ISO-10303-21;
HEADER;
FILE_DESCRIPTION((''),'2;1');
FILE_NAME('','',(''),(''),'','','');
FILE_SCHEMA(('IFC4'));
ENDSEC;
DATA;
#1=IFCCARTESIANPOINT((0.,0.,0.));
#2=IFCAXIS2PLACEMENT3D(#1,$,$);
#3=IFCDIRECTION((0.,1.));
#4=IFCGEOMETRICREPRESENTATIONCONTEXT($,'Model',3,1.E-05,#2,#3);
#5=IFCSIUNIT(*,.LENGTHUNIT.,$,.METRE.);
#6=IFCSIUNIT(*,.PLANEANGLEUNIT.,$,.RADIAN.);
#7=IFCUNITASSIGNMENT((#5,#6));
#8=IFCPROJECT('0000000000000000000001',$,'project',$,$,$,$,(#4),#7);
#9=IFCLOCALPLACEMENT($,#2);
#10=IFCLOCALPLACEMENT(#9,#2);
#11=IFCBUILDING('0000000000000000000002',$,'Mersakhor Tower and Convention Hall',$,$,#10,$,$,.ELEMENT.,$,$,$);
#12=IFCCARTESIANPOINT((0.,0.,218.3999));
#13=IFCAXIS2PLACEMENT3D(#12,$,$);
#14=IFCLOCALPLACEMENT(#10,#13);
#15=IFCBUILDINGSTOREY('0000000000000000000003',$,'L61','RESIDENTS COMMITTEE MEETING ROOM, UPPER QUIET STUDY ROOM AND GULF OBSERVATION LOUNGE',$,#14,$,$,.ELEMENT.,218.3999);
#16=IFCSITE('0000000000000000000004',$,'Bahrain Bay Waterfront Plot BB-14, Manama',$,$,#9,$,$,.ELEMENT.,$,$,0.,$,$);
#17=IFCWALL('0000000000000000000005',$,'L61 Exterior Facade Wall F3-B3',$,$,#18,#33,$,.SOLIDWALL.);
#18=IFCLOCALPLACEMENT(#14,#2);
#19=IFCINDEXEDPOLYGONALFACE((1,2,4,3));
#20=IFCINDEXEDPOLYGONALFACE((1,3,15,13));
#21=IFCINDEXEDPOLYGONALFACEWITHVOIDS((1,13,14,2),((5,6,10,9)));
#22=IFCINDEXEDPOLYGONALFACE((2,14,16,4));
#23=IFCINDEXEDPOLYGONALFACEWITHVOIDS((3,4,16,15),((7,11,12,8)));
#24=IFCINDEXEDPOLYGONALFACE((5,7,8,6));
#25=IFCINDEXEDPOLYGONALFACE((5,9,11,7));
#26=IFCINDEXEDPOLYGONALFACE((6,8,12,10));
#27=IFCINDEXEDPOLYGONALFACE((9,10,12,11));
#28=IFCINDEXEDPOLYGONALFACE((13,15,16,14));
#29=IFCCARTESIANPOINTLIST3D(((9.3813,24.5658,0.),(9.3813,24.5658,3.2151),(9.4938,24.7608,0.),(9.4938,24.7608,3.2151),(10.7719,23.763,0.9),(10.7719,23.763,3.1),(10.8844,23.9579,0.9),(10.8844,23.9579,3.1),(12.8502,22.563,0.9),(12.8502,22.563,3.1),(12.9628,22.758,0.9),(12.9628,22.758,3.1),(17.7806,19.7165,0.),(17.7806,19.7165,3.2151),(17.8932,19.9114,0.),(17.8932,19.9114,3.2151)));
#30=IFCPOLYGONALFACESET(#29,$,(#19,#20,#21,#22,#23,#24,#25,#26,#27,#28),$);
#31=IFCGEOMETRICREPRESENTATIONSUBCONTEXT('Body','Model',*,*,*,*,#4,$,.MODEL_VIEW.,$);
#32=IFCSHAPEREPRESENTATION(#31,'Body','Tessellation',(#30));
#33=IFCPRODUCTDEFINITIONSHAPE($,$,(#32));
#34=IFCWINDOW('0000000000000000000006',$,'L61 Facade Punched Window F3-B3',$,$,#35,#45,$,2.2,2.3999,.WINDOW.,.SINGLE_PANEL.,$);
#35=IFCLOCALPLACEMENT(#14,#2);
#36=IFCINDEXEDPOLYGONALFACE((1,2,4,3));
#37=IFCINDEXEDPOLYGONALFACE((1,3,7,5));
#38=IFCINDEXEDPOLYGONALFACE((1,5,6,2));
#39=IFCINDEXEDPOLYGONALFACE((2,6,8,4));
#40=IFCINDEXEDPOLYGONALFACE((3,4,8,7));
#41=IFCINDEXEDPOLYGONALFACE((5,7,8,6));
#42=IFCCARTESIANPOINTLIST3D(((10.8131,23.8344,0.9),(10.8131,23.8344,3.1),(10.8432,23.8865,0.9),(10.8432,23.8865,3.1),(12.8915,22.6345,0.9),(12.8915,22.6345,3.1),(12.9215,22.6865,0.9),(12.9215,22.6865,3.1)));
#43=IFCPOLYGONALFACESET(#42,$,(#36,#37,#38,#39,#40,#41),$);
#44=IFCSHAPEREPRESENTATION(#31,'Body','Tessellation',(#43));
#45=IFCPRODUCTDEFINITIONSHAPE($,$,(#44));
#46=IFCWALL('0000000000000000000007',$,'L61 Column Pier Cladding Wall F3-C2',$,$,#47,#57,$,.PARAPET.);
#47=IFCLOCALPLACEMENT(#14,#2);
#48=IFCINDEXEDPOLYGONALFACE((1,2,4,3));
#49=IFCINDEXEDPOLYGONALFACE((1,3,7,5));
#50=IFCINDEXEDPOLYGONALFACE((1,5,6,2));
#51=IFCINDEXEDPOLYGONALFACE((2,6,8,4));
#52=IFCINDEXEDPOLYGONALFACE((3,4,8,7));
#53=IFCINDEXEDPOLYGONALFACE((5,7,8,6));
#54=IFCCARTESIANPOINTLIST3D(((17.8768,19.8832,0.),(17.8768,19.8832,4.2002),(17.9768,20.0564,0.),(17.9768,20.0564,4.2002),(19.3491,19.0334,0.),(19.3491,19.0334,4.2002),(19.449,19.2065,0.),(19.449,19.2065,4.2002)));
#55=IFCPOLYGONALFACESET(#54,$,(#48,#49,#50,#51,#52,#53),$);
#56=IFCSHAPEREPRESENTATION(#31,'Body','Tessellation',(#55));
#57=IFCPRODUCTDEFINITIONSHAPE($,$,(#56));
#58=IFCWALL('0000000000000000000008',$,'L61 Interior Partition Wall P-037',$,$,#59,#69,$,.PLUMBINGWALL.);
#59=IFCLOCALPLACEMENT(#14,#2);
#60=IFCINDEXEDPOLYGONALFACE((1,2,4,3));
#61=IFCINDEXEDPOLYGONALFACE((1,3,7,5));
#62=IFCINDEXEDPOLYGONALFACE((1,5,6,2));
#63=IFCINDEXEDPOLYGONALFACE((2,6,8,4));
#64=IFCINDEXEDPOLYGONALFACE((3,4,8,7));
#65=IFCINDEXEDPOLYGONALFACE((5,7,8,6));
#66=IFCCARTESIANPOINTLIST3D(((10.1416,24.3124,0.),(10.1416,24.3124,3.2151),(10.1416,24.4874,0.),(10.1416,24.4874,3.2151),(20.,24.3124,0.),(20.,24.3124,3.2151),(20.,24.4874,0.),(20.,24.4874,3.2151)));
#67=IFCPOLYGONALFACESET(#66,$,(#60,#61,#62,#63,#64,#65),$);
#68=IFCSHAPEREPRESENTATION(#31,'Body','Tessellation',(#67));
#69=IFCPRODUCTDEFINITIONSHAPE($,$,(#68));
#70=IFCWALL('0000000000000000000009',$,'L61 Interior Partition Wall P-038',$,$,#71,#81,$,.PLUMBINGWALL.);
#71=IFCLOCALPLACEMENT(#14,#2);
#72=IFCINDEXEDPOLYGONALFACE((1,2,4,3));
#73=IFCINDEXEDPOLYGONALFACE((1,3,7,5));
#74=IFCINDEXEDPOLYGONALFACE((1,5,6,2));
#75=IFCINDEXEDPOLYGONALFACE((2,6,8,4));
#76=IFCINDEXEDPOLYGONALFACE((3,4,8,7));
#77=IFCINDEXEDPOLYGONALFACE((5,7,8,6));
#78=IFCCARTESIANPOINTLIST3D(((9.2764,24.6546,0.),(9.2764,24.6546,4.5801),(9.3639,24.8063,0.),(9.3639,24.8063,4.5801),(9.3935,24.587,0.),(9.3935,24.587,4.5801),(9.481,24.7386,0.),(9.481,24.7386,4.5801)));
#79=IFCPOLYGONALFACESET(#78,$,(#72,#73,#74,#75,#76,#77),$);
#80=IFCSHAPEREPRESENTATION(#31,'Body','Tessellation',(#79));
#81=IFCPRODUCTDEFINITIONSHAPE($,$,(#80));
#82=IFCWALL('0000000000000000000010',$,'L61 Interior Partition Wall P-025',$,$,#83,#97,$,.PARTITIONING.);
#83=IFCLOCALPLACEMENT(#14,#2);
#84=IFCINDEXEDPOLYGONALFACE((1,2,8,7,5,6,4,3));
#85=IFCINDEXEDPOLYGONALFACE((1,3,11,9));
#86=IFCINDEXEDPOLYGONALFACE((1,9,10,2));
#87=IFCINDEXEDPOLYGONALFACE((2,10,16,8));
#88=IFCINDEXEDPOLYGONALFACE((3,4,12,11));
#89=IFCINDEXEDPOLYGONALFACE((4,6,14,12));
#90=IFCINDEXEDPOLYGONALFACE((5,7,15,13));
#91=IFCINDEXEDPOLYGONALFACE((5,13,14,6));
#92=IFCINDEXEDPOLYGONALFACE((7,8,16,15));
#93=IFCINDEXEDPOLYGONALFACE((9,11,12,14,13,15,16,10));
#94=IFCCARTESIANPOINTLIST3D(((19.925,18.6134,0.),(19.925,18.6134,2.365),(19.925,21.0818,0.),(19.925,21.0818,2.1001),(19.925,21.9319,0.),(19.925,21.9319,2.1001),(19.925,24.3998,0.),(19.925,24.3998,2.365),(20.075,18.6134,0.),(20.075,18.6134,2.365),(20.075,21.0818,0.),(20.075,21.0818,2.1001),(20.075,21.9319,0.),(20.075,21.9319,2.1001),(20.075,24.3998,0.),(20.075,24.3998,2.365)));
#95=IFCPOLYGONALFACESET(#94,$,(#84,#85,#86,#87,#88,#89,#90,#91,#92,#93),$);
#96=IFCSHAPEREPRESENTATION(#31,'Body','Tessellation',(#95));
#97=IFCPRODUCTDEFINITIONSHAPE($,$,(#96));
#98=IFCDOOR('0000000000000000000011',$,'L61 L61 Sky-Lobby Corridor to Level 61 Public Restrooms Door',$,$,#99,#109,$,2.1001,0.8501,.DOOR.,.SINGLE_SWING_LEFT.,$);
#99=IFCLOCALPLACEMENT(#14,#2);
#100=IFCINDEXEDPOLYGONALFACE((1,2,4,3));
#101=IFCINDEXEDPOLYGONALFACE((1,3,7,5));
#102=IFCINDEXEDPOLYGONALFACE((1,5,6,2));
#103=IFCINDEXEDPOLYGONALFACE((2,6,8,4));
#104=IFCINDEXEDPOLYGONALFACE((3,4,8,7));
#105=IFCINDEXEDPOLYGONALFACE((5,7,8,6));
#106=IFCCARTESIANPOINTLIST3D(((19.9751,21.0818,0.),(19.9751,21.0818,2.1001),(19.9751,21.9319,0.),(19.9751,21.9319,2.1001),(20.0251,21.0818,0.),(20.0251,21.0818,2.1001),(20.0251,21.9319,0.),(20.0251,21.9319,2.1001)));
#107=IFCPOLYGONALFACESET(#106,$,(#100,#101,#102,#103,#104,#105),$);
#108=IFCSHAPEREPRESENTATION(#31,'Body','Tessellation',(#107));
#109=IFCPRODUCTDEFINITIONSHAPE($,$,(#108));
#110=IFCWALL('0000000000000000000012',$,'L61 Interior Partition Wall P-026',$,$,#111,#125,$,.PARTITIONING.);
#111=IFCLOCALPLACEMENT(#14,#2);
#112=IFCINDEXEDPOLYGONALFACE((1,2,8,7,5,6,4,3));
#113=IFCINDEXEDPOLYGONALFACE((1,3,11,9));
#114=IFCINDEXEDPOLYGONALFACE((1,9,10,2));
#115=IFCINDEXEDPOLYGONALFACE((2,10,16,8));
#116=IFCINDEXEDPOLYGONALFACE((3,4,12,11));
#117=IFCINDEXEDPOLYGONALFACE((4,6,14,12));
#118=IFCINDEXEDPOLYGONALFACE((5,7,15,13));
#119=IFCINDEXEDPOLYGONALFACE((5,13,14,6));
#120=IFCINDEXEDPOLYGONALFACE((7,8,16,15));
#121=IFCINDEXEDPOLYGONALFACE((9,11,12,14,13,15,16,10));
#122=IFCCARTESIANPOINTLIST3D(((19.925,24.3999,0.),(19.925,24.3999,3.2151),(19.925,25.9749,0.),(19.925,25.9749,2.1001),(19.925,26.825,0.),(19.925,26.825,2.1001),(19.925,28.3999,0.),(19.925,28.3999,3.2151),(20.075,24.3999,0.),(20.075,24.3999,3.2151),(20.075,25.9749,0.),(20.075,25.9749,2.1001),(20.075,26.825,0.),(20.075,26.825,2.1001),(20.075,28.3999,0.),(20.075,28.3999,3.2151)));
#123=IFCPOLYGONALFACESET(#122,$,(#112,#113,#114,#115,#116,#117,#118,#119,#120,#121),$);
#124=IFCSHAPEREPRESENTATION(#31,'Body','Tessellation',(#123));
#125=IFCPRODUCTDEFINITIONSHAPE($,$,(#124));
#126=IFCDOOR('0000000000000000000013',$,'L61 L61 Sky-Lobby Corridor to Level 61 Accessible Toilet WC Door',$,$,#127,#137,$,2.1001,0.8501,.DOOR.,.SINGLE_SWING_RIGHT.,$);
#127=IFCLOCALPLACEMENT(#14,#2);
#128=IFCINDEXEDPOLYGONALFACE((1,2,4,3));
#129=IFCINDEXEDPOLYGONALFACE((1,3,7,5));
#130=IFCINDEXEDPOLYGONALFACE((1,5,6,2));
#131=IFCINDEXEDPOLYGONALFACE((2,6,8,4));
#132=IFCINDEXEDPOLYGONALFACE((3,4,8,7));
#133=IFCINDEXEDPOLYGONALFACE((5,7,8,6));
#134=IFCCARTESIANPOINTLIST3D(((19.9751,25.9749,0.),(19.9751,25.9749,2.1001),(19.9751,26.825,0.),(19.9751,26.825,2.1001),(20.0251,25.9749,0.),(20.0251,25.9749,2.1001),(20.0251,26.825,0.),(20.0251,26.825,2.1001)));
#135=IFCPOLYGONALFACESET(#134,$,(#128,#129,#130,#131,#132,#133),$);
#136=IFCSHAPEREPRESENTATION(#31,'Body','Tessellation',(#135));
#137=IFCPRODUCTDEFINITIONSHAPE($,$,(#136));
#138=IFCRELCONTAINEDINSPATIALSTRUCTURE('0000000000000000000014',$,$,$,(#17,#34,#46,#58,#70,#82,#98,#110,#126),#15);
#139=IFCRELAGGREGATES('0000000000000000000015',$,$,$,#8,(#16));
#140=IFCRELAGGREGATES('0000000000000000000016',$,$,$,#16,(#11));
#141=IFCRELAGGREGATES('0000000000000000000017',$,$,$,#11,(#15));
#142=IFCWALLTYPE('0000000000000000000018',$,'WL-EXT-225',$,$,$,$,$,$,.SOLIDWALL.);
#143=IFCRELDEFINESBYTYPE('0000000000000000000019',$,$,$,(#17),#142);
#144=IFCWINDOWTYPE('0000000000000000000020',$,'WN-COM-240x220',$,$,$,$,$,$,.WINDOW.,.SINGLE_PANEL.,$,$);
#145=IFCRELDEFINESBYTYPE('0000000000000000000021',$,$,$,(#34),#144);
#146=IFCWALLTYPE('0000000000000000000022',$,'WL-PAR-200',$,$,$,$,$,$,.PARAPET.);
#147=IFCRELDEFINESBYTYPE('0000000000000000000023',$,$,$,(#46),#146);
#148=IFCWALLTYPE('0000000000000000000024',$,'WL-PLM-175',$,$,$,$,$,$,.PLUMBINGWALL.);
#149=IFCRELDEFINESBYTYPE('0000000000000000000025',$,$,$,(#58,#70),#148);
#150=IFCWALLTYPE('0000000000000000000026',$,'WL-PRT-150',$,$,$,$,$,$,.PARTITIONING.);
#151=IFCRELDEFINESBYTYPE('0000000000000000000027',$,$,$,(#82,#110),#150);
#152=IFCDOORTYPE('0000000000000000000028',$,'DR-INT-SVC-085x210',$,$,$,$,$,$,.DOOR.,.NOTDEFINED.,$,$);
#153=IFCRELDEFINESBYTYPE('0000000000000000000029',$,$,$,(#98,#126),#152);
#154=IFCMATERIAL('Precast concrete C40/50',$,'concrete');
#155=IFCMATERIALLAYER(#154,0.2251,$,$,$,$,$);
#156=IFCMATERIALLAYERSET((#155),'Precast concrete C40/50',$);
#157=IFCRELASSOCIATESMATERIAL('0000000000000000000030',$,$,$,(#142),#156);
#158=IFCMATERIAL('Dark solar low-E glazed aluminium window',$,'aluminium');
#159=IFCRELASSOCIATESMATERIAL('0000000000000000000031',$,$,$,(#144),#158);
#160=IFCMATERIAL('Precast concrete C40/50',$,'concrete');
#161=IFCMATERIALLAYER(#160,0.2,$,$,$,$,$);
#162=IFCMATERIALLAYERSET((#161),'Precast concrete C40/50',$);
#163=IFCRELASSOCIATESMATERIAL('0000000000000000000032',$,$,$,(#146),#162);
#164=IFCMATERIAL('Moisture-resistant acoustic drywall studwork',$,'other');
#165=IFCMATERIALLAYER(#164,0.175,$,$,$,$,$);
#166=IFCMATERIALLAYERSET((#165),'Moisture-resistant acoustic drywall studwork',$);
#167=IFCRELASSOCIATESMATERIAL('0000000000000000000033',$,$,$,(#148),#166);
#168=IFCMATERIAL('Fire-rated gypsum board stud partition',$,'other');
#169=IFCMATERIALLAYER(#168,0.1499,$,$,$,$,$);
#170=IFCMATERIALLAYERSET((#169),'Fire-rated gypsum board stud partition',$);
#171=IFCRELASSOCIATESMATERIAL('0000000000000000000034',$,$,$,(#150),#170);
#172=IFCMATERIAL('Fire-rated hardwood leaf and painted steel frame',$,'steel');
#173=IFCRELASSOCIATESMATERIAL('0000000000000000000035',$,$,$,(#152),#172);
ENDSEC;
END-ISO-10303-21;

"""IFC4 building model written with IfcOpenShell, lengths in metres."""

from ifc_helpers import new_model, si_unit, direction, frame, frame_2d, origin, place, context, subcontext, project, spatial, rectangle, extrude, material, layer, layer_set, type_object, element, fill, save


model = new_model("IFC4")

# Units and contexts
model_context = context("Model", 3, precision=1e-05, world=origin(), true_north=direction((0.0, 1.0)))
body_context = subcontext(model_context, "Body", "Model", "MODEL_VIEW")
ifc_project = project(units=[si_unit("LENGTHUNIT", "METRE"), si_unit("PLANEANGLEUNIT", "RADIAN")], contexts=[model_context])

# Site, building, storey
site_placement = place(None, origin())
site = spatial("IfcSite", under=ifc_project, at=site_placement, Name="Bahrain Bay Waterfront Plot BB-14, Manama", CompositionType="ELEMENT", RefElevation=0.0)
building_placement = place(site_placement, origin())
building = spatial("IfcBuilding", under=site, at=building_placement, Name="Mersakhor Tower and Convention Hall", CompositionType="ELEMENT")
storey_placement = place(building_placement, frame((0.0, 0.0, 218.3999)))
storey = spatial("IfcBuildingStorey", under=building, at=storey_placement, Name="L61", Description="RESIDENTS COMMITTEE MEETING ROOM, UPPER QUIET STUDY ROOM AND GULF OBSERVATION LOUNGE", CompositionType="ELEMENT", Elevation=218.3999)

# Shared definitions
ifc_material_1 = material(Name="Precast concrete C40/50", Category="concrete")
ifc_layer_1 = layer(ifc_material_1, 0.2251)
ifc_layer_set_1 = layer_set([ifc_layer_1], Name="Precast concrete C40/50")
wall_type_1 = type_object("IfcWallType", Name="WL-EXT-225", PredefinedType="SOLIDWALL", material=ifc_layer_set_1)

# Wall, opening, window
wall_1_placement = place(storey_placement, frame((17.8369, 19.814, 0.0), z_axis=(0.0, 0.0, 1.0), x_axis=(-0.866027, 0.499997, 0.0)))
wall_1 = element("IfcWall", 1, at=wall_1_placement, inside=storey, type_object=wall_type_1, Name="L61 Exterior Facade Wall F3-B3", PredefinedType="SOLIDWALL", context=body_context, shape_type="SweptSolid", body=[
    extrude(rectangle(XDim=9.6987, YDim=0.2251, at=frame_2d((4.8494, 0.0))), origin(), (0.0, 0.0, 1.0), 3.2151),
])
opening_1_placement = place(wall_1_placement, frame((5.6931, 0.0, 0.8999)))
opening_1 = element("IfcOpeningElement", 2, at=opening_1_placement, cuts=wall_1, PredefinedType="OPENING", context=body_context, shape_type="SweptSolid", body=[
    extrude(rectangle(XDim=2.3999, YDim=2.2, at=frame_2d((1.2, 1.1001))), frame((0.0, 0.1226, 0.0), z_axis=(0.0, -1.0, 0.0), x_axis=(1.0, 0.0, 0.0)), (0.0, 0.0, 1.0), 0.2451),
])
ifc_material_2 = material(Name="Dark solar low-E glazed aluminium window", Category="aluminium")
window_type = type_object("IfcWindowType", Name="WN-COM-240x220", PartitioningType="SINGLE_PANEL", PredefinedType="WINDOW", material=ifc_material_2)
window_placement = place(opening_1_placement, origin())
window = element("IfcWindow", 3, at=window_placement, inside=storey, type_object=window_type, Name="L61 Facade Punched Window F3-B3", OverallHeight=2.2, OverallWidth=2.3999, PartitioningType="SINGLE_PANEL", PredefinedType="WINDOW", context=body_context, shape_type="SweptSolid", body=[
    extrude(rectangle(XDim=2.3999, YDim=2.2, at=frame_2d((1.2, 1.1001))), frame((0.0, 0.03, 0.0), z_axis=(0.0, -1.0, 0.0), x_axis=(1.0, 0.0, 0.0)), (0.0, 0.0, 1.0), 0.0601),
])
fill(opening_1, window)

# Walls
ifc_material_3 = material(Name="Precast concrete C40/50", Category="concrete")
ifc_layer_2 = layer(ifc_material_3, 0.2)
ifc_layer_set_2 = layer_set([ifc_layer_2], Name="Precast concrete C40/50")
wall_type_2 = type_object("IfcWallType", Name="WL-PAR-200", PredefinedType="PARAPET", material=ifc_layer_set_2)
wall_2_placement = place(storey_placement, frame((19.3992, 19.1199, 0.0), z_axis=(0.0, 0.0, 1.0), x_axis=(-0.866052, 0.499955, 0.0)))
element("IfcWall", 4, at=wall_2_placement, inside=storey, type_object=wall_type_2, Name="L61 Column Pier Cladding Wall F3-C2", PredefinedType="PARAPET", context=body_context, shape_type="SweptSolid", body=[
    extrude(rectangle(XDim=1.7, YDim=0.2, at=frame_2d((0.8501, 0.0))), origin(), (0.0, 0.0, 1.0), 4.2002),
])
ifc_material_4 = material(Name="Moisture-resistant acoustic drywall studwork", Category="other")
ifc_layer_3 = layer(ifc_material_4, 0.175)
ifc_layer_set_3 = layer_set([ifc_layer_3], Name="Moisture-resistant acoustic drywall studwork")
wall_type_3 = type_object("IfcWallType", Name="WL-PLM-175", PredefinedType="PLUMBINGWALL", material=ifc_layer_set_3)
wall_3_placement = place(storey_placement, frame((10.1416, 24.3999, 0.0), z_axis=(0.0, 0.0, 1.0), x_axis=(1.0, 0.0, 0.0)))
element("IfcWall", 5, at=wall_3_placement, inside=storey, type_object=wall_type_3, Name="L61 Interior Partition Wall P-037", PredefinedType="PLUMBINGWALL", context=body_context, shape_type="SweptSolid", body=[
    extrude(rectangle(XDim=9.8584, YDim=0.175, at=frame_2d((4.9292, 0.0))), origin(), (0.0, 0.0, 1.0), 3.2151),
])
wall_4_placement = place(storey_placement, frame((9.4373, 24.6628, 0.0), z_axis=(0.0, 0.0, 1.0), x_axis=(-0.866125, 0.499827, 0.0)))
element("IfcWall", 6, at=wall_4_placement, inside=storey, type_object=wall_type_3, Name="L61 Interior Partition Wall P-038", PredefinedType="PLUMBINGWALL", context=body_context, shape_type="SweptSolid", body=[
    extrude(rectangle(XDim=0.1353, YDim=0.175, at=frame_2d((0.0676, 0.0))), origin(), (0.0, 0.0, 1.0), 4.5801),
])

# Walls, openings, doors
ifc_material_5 = material(Name="Fire-rated gypsum board stud partition", Category="other")
ifc_layer_4 = layer(ifc_material_5, 0.1499)
ifc_layer_set_4 = layer_set([ifc_layer_4], Name="Fire-rated gypsum board stud partition")
wall_type_4 = type_object("IfcWallType", Name="WL-PRT-150", PredefinedType="PARTITIONING", material=ifc_layer_set_4)
wall_5_placement = place(storey_placement, frame((20.0, 18.6135, 0.0), z_axis=(0.0, 0.0, 1.0), x_axis=(0.0, 1.0, 0.0)))
wall_5 = element("IfcWall", 7, at=wall_5_placement, inside=storey, type_object=wall_type_4, Name="L61 Interior Partition Wall P-025", PredefinedType="PARTITIONING", context=body_context, shape_type="SweptSolid", body=[
    extrude(rectangle(XDim=5.7864, YDim=0.1499, at=frame_2d((2.8931, 0.0))), origin(), (0.0, 0.0, 1.0), 2.365),
])
opening_2_placement = place(wall_5_placement, frame((2.4683, 0.0, 0.0)))
opening_2 = element("IfcOpeningElement", 8, at=opening_2_placement, cuts=wall_5, PredefinedType="OPENING", context=body_context, shape_type="SweptSolid", body=[
    extrude(rectangle(XDim=0.8501, YDim=2.1001, at=frame_2d((0.425, 1.05))), frame((0.0, 0.085, 0.0), z_axis=(0.0, -1.0, 0.0), x_axis=(1.0, 0.0, 0.0)), (0.0, 0.0, 1.0), 0.1699),
])
ifc_material_6 = material(Name="Fire-rated hardwood leaf and painted steel frame", Category="steel")
door_type = type_object("IfcDoorType", Name="DR-INT-SVC-085x210", OperationType="NOTDEFINED", PredefinedType="DOOR", material=ifc_material_6)
door_1_placement = place(opening_2_placement, origin())
door_1 = element("IfcDoor", 9, at=door_1_placement, inside=storey, type_object=door_type, Name="L61 L61 Sky-Lobby Corridor to Level 61 Public Restrooms Door", OperationType="SINGLE_SWING_LEFT", OverallHeight=2.1001, OverallWidth=0.8501, PredefinedType="DOOR", context=body_context, shape_type="SweptSolid", body=[
    extrude(rectangle(XDim=0.8501, YDim=2.1001, at=frame_2d((0.425, 1.05))), frame((0.0, 0.0249, 0.0), z_axis=(0.0, -1.0, 0.0), x_axis=(1.0, 0.0, 0.0)), (0.0, 0.0, 1.0), 0.05),
])
fill(opening_2, door_1)
wall_6_placement = place(storey_placement, frame((20.0, 24.3999, 0.0), z_axis=(0.0, 0.0, 1.0), x_axis=(0.0, 1.0, 0.0)))
wall_6 = element("IfcWall", 10, at=wall_6_placement, inside=storey, type_object=wall_type_4, Name="L61 Interior Partition Wall P-026", PredefinedType="PARTITIONING", context=body_context, shape_type="SweptSolid", body=[
    extrude(rectangle(XDim=4.0, YDim=0.1499, at=frame_2d((2.0, 0.0))), origin(), (0.0, 0.0, 1.0), 3.2151),
])
opening_3_placement = place(wall_6_placement, frame((1.575, 0.0, 0.0)))
opening_3 = element("IfcOpeningElement", 11, at=opening_3_placement, cuts=wall_6, PredefinedType="OPENING", context=body_context, shape_type="SweptSolid", body=[
    extrude(rectangle(XDim=0.8501, YDim=2.1001, at=frame_2d((0.425, 1.05))), frame((0.0, 0.085, 0.0), z_axis=(0.0, -1.0, 0.0), x_axis=(1.0, 0.0, 0.0)), (0.0, 0.0, 1.0), 0.1699),
])
door_2_placement = place(opening_3_placement, origin())
door_2 = element("IfcDoor", 12, at=door_2_placement, inside=storey, type_object=door_type, Name="L61 L61 Sky-Lobby Corridor to Level 61 Accessible Toilet WC Door", OperationType="SINGLE_SWING_RIGHT", OverallHeight=2.1001, OverallWidth=0.8501, PredefinedType="DOOR", context=body_context, shape_type="SweptSolid", body=[
    extrude(rectangle(XDim=0.8501, YDim=2.1001, at=frame_2d((0.425, 1.05))), frame((0.0, 0.0249, 0.0), z_axis=(0.0, -1.0, 0.0), x_axis=(1.0, 0.0, 0.0)), (0.0, 0.0, 1.0), 0.05),
])
fill(opening_3, door_2)

save(model, "model.ifc")
